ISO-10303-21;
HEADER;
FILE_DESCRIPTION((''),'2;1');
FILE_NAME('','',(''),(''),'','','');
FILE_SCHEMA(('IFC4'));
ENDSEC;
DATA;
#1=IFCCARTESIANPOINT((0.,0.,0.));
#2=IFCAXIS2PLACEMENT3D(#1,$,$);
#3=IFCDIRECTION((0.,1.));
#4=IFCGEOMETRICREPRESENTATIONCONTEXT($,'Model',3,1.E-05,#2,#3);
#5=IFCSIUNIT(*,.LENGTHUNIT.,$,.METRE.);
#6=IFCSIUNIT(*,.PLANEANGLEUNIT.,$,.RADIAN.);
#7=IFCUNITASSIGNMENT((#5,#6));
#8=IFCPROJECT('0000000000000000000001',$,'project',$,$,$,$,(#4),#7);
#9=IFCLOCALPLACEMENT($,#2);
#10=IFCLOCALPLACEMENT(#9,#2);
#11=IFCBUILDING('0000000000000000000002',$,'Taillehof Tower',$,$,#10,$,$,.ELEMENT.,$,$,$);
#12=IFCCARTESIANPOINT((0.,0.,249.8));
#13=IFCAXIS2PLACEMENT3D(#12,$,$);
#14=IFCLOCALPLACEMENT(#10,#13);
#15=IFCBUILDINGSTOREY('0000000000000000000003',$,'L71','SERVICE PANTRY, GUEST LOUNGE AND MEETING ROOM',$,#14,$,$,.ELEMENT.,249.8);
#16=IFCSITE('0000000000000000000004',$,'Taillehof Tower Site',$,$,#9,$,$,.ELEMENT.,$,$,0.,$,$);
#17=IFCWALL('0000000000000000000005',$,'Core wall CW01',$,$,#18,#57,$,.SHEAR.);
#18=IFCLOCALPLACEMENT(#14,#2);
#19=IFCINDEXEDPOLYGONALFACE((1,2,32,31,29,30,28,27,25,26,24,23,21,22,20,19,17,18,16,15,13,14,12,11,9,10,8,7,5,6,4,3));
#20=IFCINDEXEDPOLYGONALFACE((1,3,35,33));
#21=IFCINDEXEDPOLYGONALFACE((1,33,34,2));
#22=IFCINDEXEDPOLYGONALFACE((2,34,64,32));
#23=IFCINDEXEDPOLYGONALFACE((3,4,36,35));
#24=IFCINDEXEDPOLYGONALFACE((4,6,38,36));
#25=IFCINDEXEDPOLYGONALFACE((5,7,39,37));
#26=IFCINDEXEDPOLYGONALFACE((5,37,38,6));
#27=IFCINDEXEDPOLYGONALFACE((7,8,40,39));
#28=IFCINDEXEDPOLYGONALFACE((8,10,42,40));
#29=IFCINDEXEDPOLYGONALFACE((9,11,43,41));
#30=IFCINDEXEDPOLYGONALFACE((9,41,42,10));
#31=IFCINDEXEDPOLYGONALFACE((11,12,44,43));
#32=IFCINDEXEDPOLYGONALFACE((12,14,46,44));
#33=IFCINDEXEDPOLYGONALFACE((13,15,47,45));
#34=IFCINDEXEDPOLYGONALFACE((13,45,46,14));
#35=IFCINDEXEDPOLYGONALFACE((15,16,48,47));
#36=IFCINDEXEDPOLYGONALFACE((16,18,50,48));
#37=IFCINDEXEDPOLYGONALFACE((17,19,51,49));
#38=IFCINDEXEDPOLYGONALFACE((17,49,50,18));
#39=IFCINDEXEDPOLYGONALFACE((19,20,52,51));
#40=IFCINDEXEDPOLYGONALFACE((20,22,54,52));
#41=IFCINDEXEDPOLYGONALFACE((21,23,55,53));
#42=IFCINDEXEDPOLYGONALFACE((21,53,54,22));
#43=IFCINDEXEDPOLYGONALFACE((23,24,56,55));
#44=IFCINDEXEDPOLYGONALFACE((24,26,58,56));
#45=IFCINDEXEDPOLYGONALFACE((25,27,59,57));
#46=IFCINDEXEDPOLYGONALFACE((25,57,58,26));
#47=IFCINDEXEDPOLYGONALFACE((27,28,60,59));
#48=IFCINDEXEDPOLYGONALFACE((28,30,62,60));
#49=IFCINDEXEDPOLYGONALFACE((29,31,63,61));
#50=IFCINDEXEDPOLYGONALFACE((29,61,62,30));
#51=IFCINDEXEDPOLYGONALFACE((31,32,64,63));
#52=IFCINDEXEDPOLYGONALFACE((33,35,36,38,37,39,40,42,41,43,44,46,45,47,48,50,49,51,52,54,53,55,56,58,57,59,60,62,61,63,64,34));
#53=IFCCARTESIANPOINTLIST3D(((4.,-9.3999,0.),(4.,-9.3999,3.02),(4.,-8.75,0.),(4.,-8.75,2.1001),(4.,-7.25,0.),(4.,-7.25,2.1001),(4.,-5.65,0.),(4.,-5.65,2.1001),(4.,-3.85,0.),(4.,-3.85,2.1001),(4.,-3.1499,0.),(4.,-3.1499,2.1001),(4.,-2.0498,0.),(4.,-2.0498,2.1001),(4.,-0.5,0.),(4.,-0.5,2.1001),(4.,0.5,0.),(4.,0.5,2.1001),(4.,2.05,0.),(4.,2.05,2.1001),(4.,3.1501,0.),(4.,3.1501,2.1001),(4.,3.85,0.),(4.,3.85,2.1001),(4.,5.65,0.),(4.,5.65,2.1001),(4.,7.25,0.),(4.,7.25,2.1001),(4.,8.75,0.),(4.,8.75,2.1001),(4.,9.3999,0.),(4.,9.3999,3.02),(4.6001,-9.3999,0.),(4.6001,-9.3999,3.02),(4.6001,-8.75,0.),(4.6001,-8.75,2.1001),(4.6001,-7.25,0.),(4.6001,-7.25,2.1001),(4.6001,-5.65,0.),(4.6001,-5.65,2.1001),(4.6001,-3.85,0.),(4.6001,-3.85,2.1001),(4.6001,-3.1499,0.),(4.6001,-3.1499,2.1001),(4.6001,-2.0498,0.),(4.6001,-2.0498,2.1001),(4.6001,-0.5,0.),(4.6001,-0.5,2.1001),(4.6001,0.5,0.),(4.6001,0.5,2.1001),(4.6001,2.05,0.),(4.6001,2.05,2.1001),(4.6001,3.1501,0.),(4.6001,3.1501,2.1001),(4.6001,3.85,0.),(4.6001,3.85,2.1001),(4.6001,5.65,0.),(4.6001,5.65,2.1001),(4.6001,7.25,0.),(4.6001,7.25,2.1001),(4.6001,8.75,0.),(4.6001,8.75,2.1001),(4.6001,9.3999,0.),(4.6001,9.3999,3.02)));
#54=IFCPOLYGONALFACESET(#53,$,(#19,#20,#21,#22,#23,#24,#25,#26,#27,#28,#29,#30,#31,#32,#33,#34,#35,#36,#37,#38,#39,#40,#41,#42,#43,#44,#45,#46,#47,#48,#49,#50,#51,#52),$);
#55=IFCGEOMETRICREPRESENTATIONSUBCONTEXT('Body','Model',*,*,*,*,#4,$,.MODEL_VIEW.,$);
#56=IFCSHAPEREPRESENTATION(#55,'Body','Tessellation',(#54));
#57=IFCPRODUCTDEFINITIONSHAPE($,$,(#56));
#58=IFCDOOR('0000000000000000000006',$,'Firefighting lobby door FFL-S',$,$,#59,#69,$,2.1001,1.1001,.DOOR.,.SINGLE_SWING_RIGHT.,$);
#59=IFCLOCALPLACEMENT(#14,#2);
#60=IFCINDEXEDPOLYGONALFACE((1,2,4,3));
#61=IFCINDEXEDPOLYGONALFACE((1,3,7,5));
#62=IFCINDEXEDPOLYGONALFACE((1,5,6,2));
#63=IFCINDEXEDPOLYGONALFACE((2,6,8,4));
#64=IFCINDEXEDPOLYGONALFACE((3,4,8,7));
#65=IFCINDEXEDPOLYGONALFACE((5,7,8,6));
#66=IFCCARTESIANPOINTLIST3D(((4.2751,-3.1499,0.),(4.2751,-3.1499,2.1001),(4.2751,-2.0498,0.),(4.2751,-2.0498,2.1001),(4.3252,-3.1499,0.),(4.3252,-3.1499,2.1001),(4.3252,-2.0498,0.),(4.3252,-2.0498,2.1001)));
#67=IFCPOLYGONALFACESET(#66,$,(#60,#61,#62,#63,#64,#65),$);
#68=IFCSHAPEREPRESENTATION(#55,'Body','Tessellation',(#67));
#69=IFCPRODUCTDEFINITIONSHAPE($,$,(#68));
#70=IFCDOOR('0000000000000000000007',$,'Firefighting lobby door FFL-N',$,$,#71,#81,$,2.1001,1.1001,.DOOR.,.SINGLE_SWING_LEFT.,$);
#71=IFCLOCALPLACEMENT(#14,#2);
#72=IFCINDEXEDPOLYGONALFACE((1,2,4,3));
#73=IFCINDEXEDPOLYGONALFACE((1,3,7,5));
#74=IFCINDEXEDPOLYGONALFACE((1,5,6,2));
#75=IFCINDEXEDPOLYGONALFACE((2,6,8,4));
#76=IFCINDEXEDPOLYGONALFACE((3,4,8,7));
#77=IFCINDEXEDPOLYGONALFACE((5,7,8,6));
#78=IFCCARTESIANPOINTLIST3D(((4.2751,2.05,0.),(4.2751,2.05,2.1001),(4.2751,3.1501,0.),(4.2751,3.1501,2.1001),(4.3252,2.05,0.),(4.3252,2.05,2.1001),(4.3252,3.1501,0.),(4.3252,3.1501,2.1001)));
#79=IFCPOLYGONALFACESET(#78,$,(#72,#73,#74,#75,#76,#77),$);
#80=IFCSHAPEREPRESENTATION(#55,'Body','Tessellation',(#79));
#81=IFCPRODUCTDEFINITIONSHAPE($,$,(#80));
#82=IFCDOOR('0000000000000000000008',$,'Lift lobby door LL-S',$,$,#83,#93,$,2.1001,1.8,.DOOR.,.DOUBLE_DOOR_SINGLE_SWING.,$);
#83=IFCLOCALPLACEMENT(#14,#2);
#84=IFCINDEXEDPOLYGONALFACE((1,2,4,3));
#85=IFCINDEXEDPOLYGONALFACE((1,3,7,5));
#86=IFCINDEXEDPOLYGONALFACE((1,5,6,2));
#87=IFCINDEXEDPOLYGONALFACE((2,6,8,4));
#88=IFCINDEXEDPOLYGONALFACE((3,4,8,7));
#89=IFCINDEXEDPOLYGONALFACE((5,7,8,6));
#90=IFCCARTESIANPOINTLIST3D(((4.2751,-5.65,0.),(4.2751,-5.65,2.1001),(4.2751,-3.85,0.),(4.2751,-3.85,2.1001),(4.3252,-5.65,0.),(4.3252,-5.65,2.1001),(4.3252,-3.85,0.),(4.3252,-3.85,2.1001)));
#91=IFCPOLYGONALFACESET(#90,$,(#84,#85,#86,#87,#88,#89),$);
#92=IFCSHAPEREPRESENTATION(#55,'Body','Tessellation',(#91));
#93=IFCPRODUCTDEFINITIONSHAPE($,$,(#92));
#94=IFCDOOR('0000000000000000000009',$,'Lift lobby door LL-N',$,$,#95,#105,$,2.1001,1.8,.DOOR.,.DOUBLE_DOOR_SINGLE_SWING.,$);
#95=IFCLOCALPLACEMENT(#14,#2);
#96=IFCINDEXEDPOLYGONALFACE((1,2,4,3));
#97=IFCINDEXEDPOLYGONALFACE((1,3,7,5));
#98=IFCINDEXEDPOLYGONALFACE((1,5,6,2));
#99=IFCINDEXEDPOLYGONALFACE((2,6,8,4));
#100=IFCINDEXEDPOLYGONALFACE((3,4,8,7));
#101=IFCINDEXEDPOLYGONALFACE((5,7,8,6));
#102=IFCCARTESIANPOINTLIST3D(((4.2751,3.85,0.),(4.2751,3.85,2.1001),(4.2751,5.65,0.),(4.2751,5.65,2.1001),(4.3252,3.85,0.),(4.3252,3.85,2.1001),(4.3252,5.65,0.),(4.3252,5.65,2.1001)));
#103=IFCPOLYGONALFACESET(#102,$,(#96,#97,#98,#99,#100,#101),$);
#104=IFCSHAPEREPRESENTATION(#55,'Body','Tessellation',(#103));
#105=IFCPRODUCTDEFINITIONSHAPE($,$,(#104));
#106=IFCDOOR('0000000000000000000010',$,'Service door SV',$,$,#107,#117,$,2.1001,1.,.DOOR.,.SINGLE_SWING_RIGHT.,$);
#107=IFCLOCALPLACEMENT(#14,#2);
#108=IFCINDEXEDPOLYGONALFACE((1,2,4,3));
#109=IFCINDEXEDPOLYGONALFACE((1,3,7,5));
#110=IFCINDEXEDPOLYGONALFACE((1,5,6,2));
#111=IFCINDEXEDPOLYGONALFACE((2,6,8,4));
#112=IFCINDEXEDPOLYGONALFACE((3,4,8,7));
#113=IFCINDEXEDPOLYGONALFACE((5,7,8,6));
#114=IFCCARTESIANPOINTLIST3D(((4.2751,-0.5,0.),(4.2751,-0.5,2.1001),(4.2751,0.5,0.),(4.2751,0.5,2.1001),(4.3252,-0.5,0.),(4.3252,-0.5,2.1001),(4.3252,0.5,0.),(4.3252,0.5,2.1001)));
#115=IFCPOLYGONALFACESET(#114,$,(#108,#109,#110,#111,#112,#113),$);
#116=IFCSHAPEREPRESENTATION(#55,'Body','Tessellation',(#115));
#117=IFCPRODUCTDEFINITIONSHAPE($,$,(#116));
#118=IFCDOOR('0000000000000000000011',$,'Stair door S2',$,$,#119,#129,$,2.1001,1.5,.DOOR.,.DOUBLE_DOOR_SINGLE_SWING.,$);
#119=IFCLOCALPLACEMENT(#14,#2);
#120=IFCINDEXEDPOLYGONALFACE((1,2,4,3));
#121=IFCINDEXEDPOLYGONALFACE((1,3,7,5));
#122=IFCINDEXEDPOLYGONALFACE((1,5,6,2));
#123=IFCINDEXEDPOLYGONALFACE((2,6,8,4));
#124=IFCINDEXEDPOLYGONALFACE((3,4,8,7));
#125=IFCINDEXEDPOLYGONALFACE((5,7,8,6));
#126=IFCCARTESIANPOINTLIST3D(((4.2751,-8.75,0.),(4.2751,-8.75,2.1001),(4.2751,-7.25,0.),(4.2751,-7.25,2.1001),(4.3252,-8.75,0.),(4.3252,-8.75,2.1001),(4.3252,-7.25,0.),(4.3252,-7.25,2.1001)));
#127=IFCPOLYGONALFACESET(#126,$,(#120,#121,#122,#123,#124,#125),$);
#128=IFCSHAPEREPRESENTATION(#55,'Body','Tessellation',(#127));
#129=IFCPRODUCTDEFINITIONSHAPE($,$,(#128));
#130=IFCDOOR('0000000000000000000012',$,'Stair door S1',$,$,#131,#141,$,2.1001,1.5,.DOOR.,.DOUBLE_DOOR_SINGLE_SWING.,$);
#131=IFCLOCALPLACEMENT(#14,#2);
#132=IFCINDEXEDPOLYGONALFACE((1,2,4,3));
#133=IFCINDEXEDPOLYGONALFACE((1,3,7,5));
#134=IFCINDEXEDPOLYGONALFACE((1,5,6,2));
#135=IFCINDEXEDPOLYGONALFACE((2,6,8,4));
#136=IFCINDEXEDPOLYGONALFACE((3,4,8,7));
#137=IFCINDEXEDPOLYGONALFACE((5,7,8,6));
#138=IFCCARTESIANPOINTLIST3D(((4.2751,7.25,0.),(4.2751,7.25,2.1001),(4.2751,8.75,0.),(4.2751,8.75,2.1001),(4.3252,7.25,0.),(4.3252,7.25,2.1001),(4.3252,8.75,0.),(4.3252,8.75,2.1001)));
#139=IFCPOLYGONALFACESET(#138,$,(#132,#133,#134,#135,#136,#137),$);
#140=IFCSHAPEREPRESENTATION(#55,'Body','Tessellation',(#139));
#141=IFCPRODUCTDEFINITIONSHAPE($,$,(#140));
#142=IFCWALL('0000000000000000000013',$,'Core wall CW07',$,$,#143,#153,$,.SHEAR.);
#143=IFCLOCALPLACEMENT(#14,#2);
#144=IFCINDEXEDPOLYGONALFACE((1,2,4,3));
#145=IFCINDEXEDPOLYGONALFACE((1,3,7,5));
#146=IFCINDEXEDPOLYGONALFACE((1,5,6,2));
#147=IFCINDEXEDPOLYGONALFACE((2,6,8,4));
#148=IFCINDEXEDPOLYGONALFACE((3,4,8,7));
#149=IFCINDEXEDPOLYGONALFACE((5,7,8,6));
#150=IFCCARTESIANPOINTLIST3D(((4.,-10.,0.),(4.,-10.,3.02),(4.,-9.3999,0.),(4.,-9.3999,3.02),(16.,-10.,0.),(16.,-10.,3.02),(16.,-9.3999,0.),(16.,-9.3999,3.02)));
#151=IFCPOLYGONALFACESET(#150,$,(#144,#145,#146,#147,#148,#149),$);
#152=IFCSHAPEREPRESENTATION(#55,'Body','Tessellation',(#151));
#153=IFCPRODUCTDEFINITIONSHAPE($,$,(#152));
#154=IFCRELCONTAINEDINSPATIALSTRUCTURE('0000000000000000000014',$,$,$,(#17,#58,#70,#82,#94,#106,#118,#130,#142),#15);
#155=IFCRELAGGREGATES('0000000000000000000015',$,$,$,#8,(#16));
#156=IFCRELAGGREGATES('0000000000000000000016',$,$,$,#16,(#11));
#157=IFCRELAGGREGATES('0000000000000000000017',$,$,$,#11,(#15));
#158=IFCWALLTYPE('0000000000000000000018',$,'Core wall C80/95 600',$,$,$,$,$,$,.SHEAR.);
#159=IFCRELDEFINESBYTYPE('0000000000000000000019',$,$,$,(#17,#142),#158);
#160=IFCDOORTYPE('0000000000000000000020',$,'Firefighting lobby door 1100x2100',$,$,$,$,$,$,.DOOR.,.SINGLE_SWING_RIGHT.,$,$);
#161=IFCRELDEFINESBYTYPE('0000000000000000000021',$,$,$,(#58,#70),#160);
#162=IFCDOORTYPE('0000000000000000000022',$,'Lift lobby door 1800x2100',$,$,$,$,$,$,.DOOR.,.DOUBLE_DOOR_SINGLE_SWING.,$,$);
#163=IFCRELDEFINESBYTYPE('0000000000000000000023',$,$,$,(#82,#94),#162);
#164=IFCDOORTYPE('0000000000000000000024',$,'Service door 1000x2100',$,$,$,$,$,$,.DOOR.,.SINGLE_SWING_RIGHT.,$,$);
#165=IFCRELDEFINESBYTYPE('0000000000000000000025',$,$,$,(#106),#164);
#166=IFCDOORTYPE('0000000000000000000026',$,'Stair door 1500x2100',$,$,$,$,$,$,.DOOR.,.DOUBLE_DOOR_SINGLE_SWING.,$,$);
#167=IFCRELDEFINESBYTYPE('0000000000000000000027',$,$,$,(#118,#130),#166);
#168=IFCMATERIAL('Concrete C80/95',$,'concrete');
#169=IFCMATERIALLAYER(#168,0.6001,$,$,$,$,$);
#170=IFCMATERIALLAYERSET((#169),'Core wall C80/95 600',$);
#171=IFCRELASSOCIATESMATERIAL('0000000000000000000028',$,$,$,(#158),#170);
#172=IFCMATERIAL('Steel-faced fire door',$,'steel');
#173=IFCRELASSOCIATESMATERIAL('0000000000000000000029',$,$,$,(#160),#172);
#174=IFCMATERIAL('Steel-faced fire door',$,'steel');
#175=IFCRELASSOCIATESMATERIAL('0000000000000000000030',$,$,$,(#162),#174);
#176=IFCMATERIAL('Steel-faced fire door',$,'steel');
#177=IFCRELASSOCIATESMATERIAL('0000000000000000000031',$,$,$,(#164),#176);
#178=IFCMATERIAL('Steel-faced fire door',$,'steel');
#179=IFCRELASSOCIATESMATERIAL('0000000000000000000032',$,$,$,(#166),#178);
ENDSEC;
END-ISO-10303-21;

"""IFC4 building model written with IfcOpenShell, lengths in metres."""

from ifc_helpers import new_model, si_unit, direction, frame, frame_2d, origin, place, context, subcontext, project, spatial, rectangle, extrude, material, layer, layer_set, type_object, element, fill, save


model = new_model("IFC4")

# Units and contexts
model_context = context("Model", 3, precision=1e-05, world=origin(), true_north=direction((0.0, 1.0)))
body_context = subcontext(model_context, "Body", "Model", "MODEL_VIEW")
ifc_project = project(units=[si_unit("LENGTHUNIT", "METRE"), si_unit("PLANEANGLEUNIT", "RADIAN")], contexts=[model_context])

# Site, building, storey
site_placement = place(None, origin())
site = spatial("IfcSite", under=ifc_project, at=site_placement, Name="Taillehof Tower Site", CompositionType="ELEMENT", RefElevation=0.0)
building_placement = place(site_placement, origin())
building = spatial("IfcBuilding", under=site, at=building_placement, Name="Taillehof Tower", CompositionType="ELEMENT")
storey_placement = place(building_placement, frame((0.0, 0.0, 249.8)))
storey = spatial("IfcBuildingStorey", under=building, at=storey_placement, Name="L71", Description="SERVICE PANTRY, GUEST LOUNGE AND MEETING ROOM", CompositionType="ELEMENT", Elevation=249.8)

# Wall, openings, doors
ifc_material_1 = material(Name="Concrete C80/95", Category="concrete")
ifc_layer_1 = layer(ifc_material_1, 0.6001)
ifc_layer_set_1 = layer_set([ifc_layer_1], Name="Core wall C80/95 600")
wall_type_1 = type_object("IfcWallType", Name="Core wall C80/95 600", PredefinedType="SHEAR", material=ifc_layer_set_1)
wall_1_placement = place(storey_placement, frame((4.3, -9.3999, 0.0), z_axis=(0.0, 0.0, 1.0), x_axis=(0.0, 1.0, 0.0)))
wall_1 = element("IfcWall", 1, at=wall_1_placement, inside=storey, type_object=wall_type_1, Name="Core wall CW01", PredefinedType="SHEAR", context=body_context, shape_type="SweptSolid", body=[
    extrude(rectangle(XDim=18.7998, YDim=0.6001, at=frame_2d((9.3999, 0.0))), origin(), (0.0, 0.0, 1.0), 3.02),
])
opening_1_placement = place(wall_1_placement, frame((0.6499, 0.0, 0.0)))
opening_1 = element("IfcOpeningElement", 2, at=opening_1_placement, cuts=wall_1, PredefinedType="OPENING", context=body_context, shape_type="SweptSolid", body=[
    extrude(rectangle(XDim=1.5, YDim=2.1001, at=frame_2d((0.75, 1.05))), frame((0.0, 0.3101, 0.0), z_axis=(0.0, -1.0, 0.0), x_axis=(1.0, 0.0, 0.0)), (0.0, 0.0, 1.0), 0.6201),
])
opening_2_placement = place(wall_1_placement, frame((3.75, 0.0, 0.0)))
opening_2 = element("IfcOpeningElement", 3, at=opening_2_placement, cuts=wall_1, PredefinedType="OPENING", context=body_context, shape_type="SweptSolid", body=[
    extrude(rectangle(XDim=1.8, YDim=2.1001, at=frame_2d((0.8999, 1.05))), frame((0.0, 0.3101, 0.0), z_axis=(0.0, -1.0, 0.0), x_axis=(1.0, 0.0, 0.0)), (0.0, 0.0, 1.0), 0.6201),
])
opening_3_placement = place(wall_1_placement, frame((6.25, 0.0, 0.0)))
opening_3 = element("IfcOpeningElement", 4, at=opening_3_placement, cuts=wall_1, PredefinedType="OPENING", context=body_context, shape_type="SweptSolid", body=[
    extrude(rectangle(XDim=1.1001, YDim=2.1001, at=frame_2d((0.55, 1.05))), frame((0.0, 0.3101, 0.0), z_axis=(0.0, -1.0, 0.0), x_axis=(1.0, 0.0, 0.0)), (0.0, 0.0, 1.0), 0.6201),
])
opening_4_placement = place(wall_1_placement, frame((8.8999, 0.0, 0.0)))
opening_4 = element("IfcOpeningElement", 5, at=opening_4_placement, cuts=wall_1, PredefinedType="OPENING", context=body_context, shape_type="SweptSolid", body=[
    extrude(rectangle(XDim=1.0, YDim=2.1001, at=frame_2d((0.5, 1.05))), frame((0.0, 0.3101, 0.0), z_axis=(0.0, -1.0, 0.0), x_axis=(1.0, 0.0, 0.0)), (0.0, 0.0, 1.0), 0.6201),
])
opening_5_placement = place(wall_1_placement, frame((11.45, 0.0, 0.0)))
opening_5 = element("IfcOpeningElement", 6, at=opening_5_placement, cuts=wall_1, PredefinedType="OPENING", context=body_context, shape_type="SweptSolid", body=[
    extrude(rectangle(XDim=1.1001, YDim=2.1001, at=frame_2d((0.55, 1.05))), frame((0.0, 0.3101, 0.0), z_axis=(0.0, -1.0, 0.0), x_axis=(1.0, 0.0, 0.0)), (0.0, 0.0, 1.0), 0.6201),
])
opening_6_placement = place(wall_1_placement, frame((13.25, 0.0, 0.0)))
opening_6 = element("IfcOpeningElement", 7, at=opening_6_placement, cuts=wall_1, PredefinedType="OPENING", context=body_context, shape_type="SweptSolid", body=[
    extrude(rectangle(XDim=1.8, YDim=2.1001, at=frame_2d((0.8999, 1.05))), frame((0.0, 0.3101, 0.0), z_axis=(0.0, -1.0, 0.0), x_axis=(1.0, 0.0, 0.0)), (0.0, 0.0, 1.0), 0.6201),
])
opening_7_placement = place(wall_1_placement, frame((16.6499, 0.0, 0.0)))
opening_7 = element("IfcOpeningElement", 8, at=opening_7_placement, cuts=wall_1, PredefinedType="OPENING", context=body_context, shape_type="SweptSolid", body=[
    extrude(rectangle(XDim=1.5, YDim=2.1001, at=frame_2d((0.75, 1.05))), frame((0.0, 0.3101, 0.0), z_axis=(0.0, -1.0, 0.0), x_axis=(1.0, 0.0, 0.0)), (0.0, 0.0, 1.0), 0.6201),
])
ifc_material_2 = material(Name="Steel-faced fire door", Category="steel")
door_type_1 = type_object("IfcDoorType", Name="Firefighting lobby door 1100x2100", OperationType="SINGLE_SWING_RIGHT", PredefinedType="DOOR", material=ifc_material_2)
door_1_placement = place(opening_3_placement, origin())
door_1 = element("IfcDoor", 9, at=door_1_placement, inside=storey, type_object=door_type_1, Name="Firefighting lobby door FFL-S", OperationType="SINGLE_SWING_RIGHT", OverallHeight=2.1001, OverallWidth=1.1001, PredefinedType="DOOR", context=body_context, shape_type="SweptSolid", body=[
    extrude(rectangle(XDim=1.1001, YDim=2.1001, at=frame_2d((0.55, 1.05))), frame((0.0, 0.0249, 0.0), z_axis=(0.0, -1.0, 0.0), x_axis=(1.0, 0.0, 0.0)), (0.0, 0.0, 1.0), 0.05),
])
fill(opening_3, door_1)
door_2_placement = place(opening_5_placement, origin())
door_2 = element("IfcDoor", 10, at=door_2_placement, inside=storey, type_object=door_type_1, Name="Firefighting lobby door FFL-N", OperationType="SINGLE_SWING_LEFT", OverallHeight=2.1001, OverallWidth=1.1001, PredefinedType="DOOR", context=body_context, shape_type="SweptSolid", body=[
    extrude(rectangle(XDim=1.1001, YDim=2.1001, at=frame_2d((0.55, 1.05))), frame((0.0, 0.0249, 0.0), z_axis=(0.0, -1.0, 0.0), x_axis=(1.0, 0.0, 0.0)), (0.0, 0.0, 1.0), 0.05),
])
fill(opening_5, door_2)
ifc_material_3 = material(Name="Steel-faced fire door", Category="steel")
door_type_2 = type_object("IfcDoorType", Name="Lift lobby door 1800x2100", OperationType="DOUBLE_DOOR_SINGLE_SWING", PredefinedType="DOOR", material=ifc_material_3)
door_3_placement = place(opening_2_placement, origin())
door_3 = element("IfcDoor", 11, at=door_3_placement, inside=storey, type_object=door_type_2, Name="Lift lobby door LL-S", OperationType="DOUBLE_DOOR_SINGLE_SWING", OverallHeight=2.1001, OverallWidth=1.8, PredefinedType="DOOR", context=body_context, shape_type="SweptSolid", body=[
    extrude(rectangle(XDim=1.8, YDim=2.1001, at=frame_2d((0.8999, 1.05))), frame((0.0, 0.0249, 0.0), z_axis=(0.0, -1.0, 0.0), x_axis=(1.0, 0.0, 0.0)), (0.0, 0.0, 1.0), 0.05),
])
fill(opening_2, door_3)
door_4_placement = place(opening_6_placement, origin())
door_4 = element("IfcDoor", 12, at=door_4_placement, inside=storey, type_object=door_type_2, Name="Lift lobby door LL-N", OperationType="DOUBLE_DOOR_SINGLE_SWING", OverallHeight=2.1001, OverallWidth=1.8, PredefinedType="DOOR", context=body_context, shape_type="SweptSolid", body=[
    extrude(rectangle(XDim=1.8, YDim=2.1001, at=frame_2d((0.8999, 1.05))), frame((0.0, 0.0249, 0.0), z_axis=(0.0, -1.0, 0.0), x_axis=(1.0, 0.0, 0.0)), (0.0, 0.0, 1.0), 0.05),
])
fill(opening_6, door_4)
ifc_material_4 = material(Name="Steel-faced fire door", Category="steel")
door_type_3 = type_object("IfcDoorType", Name="Service door 1000x2100", OperationType="SINGLE_SWING_RIGHT", PredefinedType="DOOR", material=ifc_material_4)
door_5_placement = place(opening_4_placement, origin())
door_5 = element("IfcDoor", 13, at=door_5_placement, inside=storey, type_object=door_type_3, Name="Service door SV", OperationType="SINGLE_SWING_RIGHT", OverallHeight=2.1001, OverallWidth=1.0, PredefinedType="DOOR", context=body_context, shape_type="SweptSolid", body=[
    extrude(rectangle(XDim=1.0, YDim=2.1001, at=frame_2d((0.5, 1.05))), frame((0.0, 0.0249, 0.0), z_axis=(0.0, -1.0, 0.0), x_axis=(1.0, 0.0, 0.0)), (0.0, 0.0, 1.0), 0.05),
])
fill(opening_4, door_5)
ifc_material_5 = material(Name="Steel-faced fire door", Category="steel")
door_type_4 = type_object("IfcDoorType", Name="Stair door 1500x2100", OperationType="DOUBLE_DOOR_SINGLE_SWING", PredefinedType="DOOR", material=ifc_material_5)
door_6_placement = place(opening_1_placement, origin())
door_6 = element("IfcDoor", 14, at=door_6_placement, inside=storey, type_object=door_type_4, Name="Stair door S2", OperationType="DOUBLE_DOOR_SINGLE_SWING", OverallHeight=2.1001, OverallWidth=1.5, PredefinedType="DOOR", context=body_context, shape_type="SweptSolid", body=[
    extrude(rectangle(XDim=1.5, YDim=2.1001, at=frame_2d((0.75, 1.05))), frame((0.0, 0.0249, 0.0), z_axis=(0.0, -1.0, 0.0), x_axis=(1.0, 0.0, 0.0)), (0.0, 0.0, 1.0), 0.05),
])
fill(opening_1, door_6)
door_7_placement = place(opening_7_placement, origin())
door_7 = element("IfcDoor", 15, at=door_7_placement, inside=storey, type_object=door_type_4, Name="Stair door S1", OperationType="DOUBLE_DOOR_SINGLE_SWING", OverallHeight=2.1001, OverallWidth=1.5, PredefinedType="DOOR", context=body_context, shape_type="SweptSolid", body=[
    extrude(rectangle(XDim=1.5, YDim=2.1001, at=frame_2d((0.75, 1.05))), frame((0.0, 0.0249, 0.0), z_axis=(0.0, -1.0, 0.0), x_axis=(1.0, 0.0, 0.0)), (0.0, 0.0, 1.0), 0.05),
])
fill(opening_7, door_7)

# Wall
wall_2_placement = place(storey_placement, frame((4.0, -9.7, 0.0), z_axis=(0.0, 0.0, 1.0), x_axis=(1.0, 0.0, 0.0)))
element("IfcWall", 16, at=wall_2_placement, inside=storey, type_object=wall_type_1, Name="Core wall CW07", PredefinedType="SHEAR", context=body_context, shape_type="SweptSolid", body=[
    extrude(rectangle(XDim=12.0, YDim=0.6001, at=frame_2d((6.0, 0.0))), origin(), (0.0, 0.0, 1.0), 3.02),
])

save(model, "model.ifc")
